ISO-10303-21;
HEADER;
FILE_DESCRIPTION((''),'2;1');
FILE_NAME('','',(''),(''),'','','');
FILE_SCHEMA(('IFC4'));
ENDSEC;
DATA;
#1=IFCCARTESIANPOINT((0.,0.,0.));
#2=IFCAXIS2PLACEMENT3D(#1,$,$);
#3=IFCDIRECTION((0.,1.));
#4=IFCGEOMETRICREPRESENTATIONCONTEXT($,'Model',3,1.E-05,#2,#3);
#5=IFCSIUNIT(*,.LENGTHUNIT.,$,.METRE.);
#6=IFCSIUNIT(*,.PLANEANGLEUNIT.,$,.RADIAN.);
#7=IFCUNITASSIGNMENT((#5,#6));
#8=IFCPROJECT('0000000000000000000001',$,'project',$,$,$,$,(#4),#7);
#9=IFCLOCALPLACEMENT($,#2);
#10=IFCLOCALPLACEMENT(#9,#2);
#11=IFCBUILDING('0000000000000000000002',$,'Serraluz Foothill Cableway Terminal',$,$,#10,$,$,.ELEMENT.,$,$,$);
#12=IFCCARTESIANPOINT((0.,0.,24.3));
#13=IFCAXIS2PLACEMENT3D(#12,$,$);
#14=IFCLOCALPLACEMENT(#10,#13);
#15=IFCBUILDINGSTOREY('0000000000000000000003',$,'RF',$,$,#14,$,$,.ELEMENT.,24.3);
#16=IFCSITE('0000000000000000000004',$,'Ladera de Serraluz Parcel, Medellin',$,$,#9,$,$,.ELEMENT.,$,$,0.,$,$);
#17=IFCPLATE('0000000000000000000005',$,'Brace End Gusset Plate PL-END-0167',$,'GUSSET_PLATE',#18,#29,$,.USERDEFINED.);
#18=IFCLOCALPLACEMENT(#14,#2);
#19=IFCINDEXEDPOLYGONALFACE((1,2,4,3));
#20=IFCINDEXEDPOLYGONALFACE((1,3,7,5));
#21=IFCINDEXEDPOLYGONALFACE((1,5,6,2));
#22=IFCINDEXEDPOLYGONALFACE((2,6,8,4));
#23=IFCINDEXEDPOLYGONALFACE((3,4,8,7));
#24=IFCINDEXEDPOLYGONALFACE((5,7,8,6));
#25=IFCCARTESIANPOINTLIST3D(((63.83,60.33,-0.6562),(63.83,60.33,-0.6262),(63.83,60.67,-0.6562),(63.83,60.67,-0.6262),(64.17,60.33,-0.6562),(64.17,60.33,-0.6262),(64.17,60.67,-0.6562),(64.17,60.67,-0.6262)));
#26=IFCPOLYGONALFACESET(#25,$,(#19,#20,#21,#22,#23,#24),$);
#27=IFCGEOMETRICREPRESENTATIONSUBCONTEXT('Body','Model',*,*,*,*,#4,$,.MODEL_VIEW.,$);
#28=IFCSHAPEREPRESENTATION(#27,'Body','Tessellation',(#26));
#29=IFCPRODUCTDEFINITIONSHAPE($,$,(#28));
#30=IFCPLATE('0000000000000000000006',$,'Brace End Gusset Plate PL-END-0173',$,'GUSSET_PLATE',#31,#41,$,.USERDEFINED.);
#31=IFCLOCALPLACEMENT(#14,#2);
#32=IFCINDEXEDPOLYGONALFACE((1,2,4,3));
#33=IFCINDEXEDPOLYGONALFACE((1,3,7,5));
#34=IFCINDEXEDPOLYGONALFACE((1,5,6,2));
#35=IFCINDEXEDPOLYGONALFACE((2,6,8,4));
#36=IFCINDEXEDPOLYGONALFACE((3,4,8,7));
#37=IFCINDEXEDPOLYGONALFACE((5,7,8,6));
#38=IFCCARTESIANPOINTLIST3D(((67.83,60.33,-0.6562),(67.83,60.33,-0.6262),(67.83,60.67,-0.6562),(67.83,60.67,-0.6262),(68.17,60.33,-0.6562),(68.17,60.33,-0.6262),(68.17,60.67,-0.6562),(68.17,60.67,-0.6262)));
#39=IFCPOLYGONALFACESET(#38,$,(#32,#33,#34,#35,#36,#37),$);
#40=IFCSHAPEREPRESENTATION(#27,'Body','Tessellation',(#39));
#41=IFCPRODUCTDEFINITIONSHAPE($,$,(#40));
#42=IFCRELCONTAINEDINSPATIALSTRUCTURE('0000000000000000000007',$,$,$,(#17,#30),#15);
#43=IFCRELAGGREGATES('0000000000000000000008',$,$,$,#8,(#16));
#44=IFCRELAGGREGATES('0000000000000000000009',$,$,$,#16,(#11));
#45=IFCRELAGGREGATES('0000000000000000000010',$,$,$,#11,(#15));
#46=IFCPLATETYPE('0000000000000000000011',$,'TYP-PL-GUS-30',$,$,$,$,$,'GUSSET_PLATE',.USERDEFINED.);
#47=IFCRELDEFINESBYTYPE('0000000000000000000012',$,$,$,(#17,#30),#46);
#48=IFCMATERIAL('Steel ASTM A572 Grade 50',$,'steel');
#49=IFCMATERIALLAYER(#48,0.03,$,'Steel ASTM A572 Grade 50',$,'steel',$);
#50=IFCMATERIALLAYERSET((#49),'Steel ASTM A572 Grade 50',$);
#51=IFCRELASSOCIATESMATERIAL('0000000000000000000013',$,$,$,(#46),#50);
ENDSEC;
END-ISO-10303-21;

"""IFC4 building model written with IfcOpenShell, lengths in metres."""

from ifc_helpers import new_model, si_unit, direction, frame, origin, origin_2d, place, context, subcontext, project, spatial, rectangle, extrude, material, layer, layer_set, type_object, element, save


model = new_model("IFC4")

# Units and contexts
model_context = context("Model", 3, precision=1e-05, world=origin(), true_north=direction((0.0, 1.0)))
body_context = subcontext(model_context, "Body", "Model", "MODEL_VIEW")
ifc_project = project(units=[si_unit("LENGTHUNIT", "METRE"), si_unit("PLANEANGLEUNIT", "RADIAN")], contexts=[model_context])

# Site, building, storey
site_placement = place(None, origin())
site = spatial("IfcSite", under=ifc_project, at=site_placement, Name="Ladera de Serraluz Parcel, Medellin", CompositionType="ELEMENT", RefElevation=0.0)
building_placement = place(site_placement, origin())
building = spatial("IfcBuilding", under=site, at=building_placement, Name="Serraluz Foothill Cableway Terminal", CompositionType="ELEMENT")
storey_placement = place(building_placement, frame((0.0, 0.0, 24.3)))
storey = spatial("IfcBuildingStorey", under=building, at=storey_placement, Name="RF", CompositionType="ELEMENT", Elevation=24.3)

# Shared definitions
ifc_material_1 = material(Name="Steel ASTM A572 Grade 50", Category="steel")

# Plates
ifc_layer_1 = layer(ifc_material_1, 0.03, Name="Steel ASTM A572 Grade 50", Category="steel")
ifc_layer_set_1 = layer_set([ifc_layer_1], Name="Steel ASTM A572 Grade 50")
plate_type_1 = type_object("IfcPlateType", Name="TYP-PL-GUS-30", ElementType="GUSSET_PLATE", PredefinedType="USERDEFINED", material=ifc_layer_set_1)
for number, where, z_axis, x_axis, name in (
    (1, (64.0, 60.5, -0.6562), (0.0, 0.0, 1.0), (1.0, 0.0, 0.0), "Brace End Gusset Plate PL-END-0167"),
    (2, (68.0, 60.5, -0.6562), (0.0, 0.0, 1.0), (1.0, 0.0, 0.0), "Brace End Gusset Plate PL-END-0173"),
):
    element("IfcPlate", number, at=place(storey_placement, frame(where, z_axis=z_axis, x_axis=x_axis)), inside=storey, type_object=plate_type_1, Name=name, ObjectType="GUSSET_PLATE", PredefinedType="USERDEFINED", context=body_context, shape_type="SweptSolid", body=[
        extrude(rectangle(XDim=0.3401, YDim=0.3401, at=origin_2d()), origin(), (0.0, 0.0, 1.0), 0.03),
    ])

save(model, "model.ifc")
